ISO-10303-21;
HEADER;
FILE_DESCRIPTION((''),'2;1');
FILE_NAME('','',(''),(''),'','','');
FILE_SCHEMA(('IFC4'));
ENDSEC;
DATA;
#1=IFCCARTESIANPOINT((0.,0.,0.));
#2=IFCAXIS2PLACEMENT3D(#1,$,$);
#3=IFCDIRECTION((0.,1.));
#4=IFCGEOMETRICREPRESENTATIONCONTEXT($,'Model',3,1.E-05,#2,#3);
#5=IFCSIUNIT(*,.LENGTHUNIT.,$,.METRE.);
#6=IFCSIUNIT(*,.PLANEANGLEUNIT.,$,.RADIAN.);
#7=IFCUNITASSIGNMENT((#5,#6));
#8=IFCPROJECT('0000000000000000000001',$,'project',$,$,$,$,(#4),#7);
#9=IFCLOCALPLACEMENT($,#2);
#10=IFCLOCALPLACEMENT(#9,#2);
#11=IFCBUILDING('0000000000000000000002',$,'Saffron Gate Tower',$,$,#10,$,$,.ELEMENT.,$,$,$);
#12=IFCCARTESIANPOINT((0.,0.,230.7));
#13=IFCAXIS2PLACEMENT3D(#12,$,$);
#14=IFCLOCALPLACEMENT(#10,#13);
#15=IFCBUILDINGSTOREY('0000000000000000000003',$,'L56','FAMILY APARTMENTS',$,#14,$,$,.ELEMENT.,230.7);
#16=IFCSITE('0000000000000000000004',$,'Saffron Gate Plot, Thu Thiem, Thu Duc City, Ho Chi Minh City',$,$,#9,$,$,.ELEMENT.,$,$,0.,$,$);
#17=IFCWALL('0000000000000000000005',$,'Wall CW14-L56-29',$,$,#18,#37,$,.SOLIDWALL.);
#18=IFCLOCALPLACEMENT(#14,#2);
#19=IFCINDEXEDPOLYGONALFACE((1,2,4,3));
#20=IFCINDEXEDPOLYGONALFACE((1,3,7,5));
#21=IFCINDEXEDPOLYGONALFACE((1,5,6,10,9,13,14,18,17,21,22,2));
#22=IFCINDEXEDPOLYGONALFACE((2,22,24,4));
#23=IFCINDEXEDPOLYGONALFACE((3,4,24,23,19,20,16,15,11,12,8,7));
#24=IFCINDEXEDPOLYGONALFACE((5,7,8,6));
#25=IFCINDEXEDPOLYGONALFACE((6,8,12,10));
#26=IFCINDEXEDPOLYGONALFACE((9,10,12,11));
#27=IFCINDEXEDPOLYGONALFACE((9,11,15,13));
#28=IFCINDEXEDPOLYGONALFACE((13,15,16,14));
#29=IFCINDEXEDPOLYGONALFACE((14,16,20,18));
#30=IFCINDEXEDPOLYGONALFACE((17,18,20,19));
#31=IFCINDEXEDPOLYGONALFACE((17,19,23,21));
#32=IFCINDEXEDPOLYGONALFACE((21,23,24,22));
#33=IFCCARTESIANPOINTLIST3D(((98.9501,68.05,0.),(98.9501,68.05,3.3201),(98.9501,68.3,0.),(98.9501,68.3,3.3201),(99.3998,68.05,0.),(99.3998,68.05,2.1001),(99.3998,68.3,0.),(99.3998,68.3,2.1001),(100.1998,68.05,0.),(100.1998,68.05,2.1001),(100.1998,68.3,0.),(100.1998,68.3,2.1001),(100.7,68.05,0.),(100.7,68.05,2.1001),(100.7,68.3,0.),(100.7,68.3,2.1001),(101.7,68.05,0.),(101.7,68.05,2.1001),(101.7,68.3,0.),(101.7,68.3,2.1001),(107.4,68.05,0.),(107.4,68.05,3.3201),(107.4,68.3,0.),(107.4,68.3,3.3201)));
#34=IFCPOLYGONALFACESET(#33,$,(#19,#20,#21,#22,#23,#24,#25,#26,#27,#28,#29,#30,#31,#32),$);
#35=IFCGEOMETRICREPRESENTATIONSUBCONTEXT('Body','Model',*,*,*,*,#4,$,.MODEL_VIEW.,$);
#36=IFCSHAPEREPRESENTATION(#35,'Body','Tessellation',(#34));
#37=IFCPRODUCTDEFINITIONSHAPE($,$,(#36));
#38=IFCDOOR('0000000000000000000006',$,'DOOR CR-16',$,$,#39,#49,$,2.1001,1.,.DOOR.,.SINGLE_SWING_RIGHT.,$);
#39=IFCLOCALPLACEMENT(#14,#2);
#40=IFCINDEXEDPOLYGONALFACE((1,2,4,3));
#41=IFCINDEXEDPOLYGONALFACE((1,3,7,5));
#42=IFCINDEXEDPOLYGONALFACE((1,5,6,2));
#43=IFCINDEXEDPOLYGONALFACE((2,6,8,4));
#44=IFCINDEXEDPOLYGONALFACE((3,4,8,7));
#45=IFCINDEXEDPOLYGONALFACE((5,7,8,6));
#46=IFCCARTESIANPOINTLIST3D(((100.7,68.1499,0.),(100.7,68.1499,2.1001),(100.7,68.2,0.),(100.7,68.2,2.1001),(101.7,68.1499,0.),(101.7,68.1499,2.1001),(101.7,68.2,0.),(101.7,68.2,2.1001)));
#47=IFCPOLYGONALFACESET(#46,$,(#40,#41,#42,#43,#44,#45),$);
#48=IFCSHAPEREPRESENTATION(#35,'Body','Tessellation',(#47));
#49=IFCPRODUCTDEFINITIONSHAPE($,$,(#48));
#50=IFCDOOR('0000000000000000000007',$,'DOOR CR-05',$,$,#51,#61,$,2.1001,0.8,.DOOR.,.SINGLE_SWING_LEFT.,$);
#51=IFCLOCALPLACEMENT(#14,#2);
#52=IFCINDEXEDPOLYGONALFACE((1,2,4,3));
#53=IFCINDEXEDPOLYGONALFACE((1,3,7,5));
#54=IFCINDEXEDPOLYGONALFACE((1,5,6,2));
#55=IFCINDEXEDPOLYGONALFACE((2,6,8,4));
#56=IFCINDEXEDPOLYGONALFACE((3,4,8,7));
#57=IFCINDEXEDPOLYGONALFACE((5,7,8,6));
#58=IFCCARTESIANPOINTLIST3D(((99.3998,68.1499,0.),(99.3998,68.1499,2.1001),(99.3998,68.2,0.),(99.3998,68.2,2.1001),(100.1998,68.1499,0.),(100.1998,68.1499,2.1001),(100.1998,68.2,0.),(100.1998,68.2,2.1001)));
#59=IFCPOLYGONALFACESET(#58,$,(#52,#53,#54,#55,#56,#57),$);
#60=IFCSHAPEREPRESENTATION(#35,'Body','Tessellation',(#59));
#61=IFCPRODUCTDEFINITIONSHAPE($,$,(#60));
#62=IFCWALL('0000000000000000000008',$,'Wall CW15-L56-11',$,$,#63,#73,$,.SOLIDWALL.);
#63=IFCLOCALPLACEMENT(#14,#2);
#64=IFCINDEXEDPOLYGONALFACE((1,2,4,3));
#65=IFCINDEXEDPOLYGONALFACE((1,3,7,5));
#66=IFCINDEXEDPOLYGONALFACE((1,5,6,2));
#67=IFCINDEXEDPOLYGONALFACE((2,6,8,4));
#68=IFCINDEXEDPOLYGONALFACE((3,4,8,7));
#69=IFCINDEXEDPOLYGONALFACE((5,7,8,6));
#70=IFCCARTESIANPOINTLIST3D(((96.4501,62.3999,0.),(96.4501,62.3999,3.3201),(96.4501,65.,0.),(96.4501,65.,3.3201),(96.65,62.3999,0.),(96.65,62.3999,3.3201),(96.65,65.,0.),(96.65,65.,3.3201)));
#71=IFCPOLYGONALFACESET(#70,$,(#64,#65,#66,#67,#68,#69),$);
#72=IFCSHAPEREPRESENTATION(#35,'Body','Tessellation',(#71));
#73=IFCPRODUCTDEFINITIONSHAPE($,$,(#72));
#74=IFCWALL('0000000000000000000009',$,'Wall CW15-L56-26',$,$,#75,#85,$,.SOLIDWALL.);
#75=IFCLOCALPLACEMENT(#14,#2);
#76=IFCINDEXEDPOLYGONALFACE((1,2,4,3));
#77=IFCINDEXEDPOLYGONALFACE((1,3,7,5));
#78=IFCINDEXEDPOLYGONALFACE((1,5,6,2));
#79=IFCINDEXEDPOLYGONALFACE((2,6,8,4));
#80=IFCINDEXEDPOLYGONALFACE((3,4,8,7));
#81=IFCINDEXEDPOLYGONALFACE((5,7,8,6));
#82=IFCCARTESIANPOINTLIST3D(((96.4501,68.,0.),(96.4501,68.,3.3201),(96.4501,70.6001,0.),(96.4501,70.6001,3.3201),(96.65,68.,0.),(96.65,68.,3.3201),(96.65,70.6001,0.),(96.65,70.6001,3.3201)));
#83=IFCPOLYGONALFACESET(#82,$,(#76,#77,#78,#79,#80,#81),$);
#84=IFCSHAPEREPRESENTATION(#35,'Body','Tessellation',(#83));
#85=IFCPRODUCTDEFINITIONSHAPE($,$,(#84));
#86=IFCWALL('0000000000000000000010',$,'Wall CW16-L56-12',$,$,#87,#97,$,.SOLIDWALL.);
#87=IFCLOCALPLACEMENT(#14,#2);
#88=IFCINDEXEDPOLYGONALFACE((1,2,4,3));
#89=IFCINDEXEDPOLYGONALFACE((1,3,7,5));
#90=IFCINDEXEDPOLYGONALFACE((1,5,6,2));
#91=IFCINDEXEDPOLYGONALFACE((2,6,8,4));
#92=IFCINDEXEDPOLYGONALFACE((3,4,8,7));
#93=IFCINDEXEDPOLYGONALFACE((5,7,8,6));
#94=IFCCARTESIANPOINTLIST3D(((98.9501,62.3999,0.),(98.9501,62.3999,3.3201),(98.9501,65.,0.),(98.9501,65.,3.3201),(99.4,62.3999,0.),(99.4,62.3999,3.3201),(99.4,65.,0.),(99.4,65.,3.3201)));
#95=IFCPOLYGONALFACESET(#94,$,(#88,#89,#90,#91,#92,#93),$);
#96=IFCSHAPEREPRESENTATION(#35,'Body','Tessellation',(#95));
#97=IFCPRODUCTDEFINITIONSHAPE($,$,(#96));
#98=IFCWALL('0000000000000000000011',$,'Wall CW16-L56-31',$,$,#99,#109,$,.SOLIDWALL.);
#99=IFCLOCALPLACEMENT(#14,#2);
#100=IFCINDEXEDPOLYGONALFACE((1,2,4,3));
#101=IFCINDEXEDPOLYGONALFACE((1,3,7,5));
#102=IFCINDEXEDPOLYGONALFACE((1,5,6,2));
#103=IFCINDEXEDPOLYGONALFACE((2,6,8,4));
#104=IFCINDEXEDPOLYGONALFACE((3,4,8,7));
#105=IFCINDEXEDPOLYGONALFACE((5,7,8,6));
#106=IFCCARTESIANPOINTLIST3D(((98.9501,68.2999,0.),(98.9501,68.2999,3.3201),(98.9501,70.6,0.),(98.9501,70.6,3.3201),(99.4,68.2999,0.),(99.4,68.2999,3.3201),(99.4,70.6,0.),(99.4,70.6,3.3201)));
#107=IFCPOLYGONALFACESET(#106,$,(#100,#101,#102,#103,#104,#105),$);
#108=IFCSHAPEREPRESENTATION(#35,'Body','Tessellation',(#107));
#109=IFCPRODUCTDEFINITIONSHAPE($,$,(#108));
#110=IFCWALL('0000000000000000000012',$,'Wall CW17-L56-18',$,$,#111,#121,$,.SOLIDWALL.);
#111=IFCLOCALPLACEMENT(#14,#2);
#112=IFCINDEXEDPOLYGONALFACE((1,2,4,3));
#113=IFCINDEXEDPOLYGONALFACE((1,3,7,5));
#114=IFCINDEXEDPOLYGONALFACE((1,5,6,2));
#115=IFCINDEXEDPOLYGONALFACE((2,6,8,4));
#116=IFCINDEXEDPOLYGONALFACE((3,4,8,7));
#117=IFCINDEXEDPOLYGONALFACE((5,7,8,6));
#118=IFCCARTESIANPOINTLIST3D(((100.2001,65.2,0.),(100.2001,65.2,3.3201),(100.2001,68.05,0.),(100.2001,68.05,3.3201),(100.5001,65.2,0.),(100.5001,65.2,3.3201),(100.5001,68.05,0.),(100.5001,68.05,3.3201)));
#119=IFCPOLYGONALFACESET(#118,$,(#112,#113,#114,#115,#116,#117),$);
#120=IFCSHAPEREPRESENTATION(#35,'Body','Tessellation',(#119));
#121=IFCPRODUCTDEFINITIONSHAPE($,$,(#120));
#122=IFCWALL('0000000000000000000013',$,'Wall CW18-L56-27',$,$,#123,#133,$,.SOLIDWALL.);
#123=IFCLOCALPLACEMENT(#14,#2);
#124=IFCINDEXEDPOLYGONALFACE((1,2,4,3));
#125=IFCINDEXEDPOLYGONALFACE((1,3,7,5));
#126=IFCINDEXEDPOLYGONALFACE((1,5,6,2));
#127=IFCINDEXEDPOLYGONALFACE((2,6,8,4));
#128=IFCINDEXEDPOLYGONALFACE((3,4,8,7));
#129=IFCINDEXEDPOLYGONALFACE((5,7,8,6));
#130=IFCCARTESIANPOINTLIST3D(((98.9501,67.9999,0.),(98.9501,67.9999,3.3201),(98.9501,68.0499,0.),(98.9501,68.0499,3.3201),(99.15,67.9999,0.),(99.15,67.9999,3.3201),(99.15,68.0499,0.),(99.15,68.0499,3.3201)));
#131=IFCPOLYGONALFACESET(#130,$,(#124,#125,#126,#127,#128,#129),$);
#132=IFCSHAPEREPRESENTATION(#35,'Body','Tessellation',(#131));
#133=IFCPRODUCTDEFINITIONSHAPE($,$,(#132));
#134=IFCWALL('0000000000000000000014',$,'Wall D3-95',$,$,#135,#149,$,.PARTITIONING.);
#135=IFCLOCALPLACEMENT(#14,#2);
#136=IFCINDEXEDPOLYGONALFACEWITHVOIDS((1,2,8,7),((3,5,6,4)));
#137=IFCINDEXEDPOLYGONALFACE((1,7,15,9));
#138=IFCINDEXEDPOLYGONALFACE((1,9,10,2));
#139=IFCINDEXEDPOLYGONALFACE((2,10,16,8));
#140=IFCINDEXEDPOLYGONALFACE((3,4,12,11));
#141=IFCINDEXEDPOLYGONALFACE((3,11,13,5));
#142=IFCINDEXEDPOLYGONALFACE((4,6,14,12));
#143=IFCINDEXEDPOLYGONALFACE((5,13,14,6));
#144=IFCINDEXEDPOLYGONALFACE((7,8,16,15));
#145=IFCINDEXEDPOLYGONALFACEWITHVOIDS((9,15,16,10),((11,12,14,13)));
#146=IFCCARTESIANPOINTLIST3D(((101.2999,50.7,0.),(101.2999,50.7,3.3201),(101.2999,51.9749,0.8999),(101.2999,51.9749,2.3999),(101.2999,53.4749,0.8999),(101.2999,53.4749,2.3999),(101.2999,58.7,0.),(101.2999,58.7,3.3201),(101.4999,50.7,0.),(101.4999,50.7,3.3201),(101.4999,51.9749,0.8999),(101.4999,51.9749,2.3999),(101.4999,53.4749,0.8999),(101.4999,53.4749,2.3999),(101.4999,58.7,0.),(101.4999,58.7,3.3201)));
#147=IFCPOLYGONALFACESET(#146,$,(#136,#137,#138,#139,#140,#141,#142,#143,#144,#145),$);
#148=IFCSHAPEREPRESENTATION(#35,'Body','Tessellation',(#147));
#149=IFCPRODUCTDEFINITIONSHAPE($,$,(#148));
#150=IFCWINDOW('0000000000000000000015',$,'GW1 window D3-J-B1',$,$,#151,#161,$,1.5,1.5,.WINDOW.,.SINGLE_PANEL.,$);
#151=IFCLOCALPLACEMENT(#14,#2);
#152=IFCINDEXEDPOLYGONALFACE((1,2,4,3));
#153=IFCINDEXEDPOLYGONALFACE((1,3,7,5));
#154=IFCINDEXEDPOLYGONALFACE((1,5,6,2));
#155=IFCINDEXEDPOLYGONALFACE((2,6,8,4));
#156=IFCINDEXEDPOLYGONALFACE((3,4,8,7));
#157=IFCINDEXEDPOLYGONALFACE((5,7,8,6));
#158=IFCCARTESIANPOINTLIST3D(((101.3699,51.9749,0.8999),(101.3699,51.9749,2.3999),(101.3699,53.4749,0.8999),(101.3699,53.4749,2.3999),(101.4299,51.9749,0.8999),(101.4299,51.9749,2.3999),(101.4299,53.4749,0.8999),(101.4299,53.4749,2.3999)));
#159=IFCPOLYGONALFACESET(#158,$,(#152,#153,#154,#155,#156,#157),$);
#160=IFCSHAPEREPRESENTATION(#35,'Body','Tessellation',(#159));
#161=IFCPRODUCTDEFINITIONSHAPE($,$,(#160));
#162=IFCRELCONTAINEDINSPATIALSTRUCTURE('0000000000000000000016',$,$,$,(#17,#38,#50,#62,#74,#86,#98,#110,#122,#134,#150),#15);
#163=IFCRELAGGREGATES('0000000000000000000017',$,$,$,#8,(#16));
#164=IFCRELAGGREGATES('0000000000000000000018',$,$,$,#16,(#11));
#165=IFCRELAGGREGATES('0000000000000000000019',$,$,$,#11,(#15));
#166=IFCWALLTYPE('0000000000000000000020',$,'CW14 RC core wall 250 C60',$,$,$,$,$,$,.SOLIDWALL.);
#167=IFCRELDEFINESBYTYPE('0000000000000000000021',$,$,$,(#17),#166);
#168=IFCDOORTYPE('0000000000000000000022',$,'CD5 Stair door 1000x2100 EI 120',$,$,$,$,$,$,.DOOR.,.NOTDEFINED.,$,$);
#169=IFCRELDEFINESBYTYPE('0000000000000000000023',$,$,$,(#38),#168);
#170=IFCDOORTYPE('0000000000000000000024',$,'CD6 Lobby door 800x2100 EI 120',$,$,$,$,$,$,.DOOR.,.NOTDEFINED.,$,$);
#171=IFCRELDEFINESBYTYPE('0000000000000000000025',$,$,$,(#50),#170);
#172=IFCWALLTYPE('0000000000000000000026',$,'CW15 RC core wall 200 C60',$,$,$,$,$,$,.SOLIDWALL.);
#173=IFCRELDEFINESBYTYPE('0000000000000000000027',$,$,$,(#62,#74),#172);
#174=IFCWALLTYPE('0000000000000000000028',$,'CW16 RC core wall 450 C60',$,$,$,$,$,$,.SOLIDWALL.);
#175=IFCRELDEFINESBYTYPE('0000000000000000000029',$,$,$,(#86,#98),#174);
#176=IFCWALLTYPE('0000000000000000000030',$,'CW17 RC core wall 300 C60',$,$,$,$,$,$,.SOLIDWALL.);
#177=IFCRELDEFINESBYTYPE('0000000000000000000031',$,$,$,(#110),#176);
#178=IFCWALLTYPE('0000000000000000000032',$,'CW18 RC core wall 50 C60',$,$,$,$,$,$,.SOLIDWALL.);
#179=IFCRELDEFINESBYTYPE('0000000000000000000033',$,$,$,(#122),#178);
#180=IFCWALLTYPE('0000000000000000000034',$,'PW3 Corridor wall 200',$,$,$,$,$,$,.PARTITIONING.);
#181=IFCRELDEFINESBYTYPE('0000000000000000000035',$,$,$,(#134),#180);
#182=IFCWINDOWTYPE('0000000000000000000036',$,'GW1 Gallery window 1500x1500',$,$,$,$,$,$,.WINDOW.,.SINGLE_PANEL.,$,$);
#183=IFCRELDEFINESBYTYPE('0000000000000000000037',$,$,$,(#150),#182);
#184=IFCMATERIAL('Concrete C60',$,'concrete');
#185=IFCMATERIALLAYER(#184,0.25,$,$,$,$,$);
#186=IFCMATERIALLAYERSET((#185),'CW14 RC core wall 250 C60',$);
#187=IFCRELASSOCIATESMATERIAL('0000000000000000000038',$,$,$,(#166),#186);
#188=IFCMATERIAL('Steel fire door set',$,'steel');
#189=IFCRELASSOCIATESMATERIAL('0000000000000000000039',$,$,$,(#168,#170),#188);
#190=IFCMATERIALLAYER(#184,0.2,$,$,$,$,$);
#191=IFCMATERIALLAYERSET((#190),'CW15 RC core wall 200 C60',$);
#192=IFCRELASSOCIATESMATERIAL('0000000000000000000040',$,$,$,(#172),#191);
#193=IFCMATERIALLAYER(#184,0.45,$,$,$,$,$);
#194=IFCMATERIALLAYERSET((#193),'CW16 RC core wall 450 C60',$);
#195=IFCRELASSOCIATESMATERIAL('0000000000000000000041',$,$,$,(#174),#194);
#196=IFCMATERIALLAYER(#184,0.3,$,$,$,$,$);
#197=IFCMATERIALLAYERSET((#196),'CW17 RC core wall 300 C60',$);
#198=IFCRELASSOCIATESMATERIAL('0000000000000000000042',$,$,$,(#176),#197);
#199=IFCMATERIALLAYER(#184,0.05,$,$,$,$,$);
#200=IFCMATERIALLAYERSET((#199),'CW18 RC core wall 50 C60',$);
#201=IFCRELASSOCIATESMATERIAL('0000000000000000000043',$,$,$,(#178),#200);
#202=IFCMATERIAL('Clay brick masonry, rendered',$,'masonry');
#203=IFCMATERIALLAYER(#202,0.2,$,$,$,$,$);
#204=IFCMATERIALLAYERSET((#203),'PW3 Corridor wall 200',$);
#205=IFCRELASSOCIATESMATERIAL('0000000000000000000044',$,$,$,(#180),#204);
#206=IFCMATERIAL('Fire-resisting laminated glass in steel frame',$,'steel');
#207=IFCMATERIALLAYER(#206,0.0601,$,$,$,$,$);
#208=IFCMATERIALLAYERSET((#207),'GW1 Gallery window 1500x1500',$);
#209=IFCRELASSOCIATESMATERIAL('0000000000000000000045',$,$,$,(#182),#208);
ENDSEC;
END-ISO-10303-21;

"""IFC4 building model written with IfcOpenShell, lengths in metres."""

from ifc_helpers import new_model, si_unit, direction, frame, frame_2d, origin, place, context, subcontext, project, spatial, rectangle, extrude, material, layer, layer_set, type_object, element, fill, save


model = new_model("IFC4")

# Units and contexts
model_context = context("Model", 3, precision=1e-05, world=origin(), true_north=direction((0.0, 1.0)))
body_context = subcontext(model_context, "Body", "Model", "MODEL_VIEW")
ifc_project = project(units=[si_unit("LENGTHUNIT", "METRE"), si_unit("PLANEANGLEUNIT", "RADIAN")], contexts=[model_context])

# Site, building, storey
site_placement = place(None, origin())
site = spatial("IfcSite", under=ifc_project, at=site_placement, Name="Saffron Gate Plot, Thu Thiem, Thu Duc City, Ho Chi Minh City", CompositionType="ELEMENT", RefElevation=0.0)
building_placement = place(site_placement, origin())
building = spatial("IfcBuilding", under=site, at=building_placement, Name="Saffron Gate Tower", CompositionType="ELEMENT")
storey_placement = place(building_placement, frame((0.0, 0.0, 230.7)))
storey = spatial("IfcBuildingStorey", under=building, at=storey_placement, Name="L56", Description="FAMILY APARTMENTS", CompositionType="ELEMENT", Elevation=230.7)

# Wall, openings, doors
ifc_material_1 = material(Name="Concrete C60", Category="concrete")
ifc_layer_1 = layer(ifc_material_1, 0.25)
ifc_layer_set_1 = layer_set([ifc_layer_1], Name="CW14 RC core wall 250 C60")
wall_type_1 = type_object("IfcWallType", Name="CW14 RC core wall 250 C60", PredefinedType="SOLIDWALL", material=ifc_layer_set_1)
wall_1_placement = place(storey_placement, frame((98.95, 68.175, 0.0), z_axis=(0.0, 0.0, 1.0), x_axis=(1.0, 0.0, 0.0)))
wall_1 = element("IfcWall", 1, at=wall_1_placement, inside=storey, type_object=wall_type_1, Name="Wall CW14-L56-29", PredefinedType="SOLIDWALL", context=body_context, shape_type="SweptSolid", body=[
    extrude(rectangle(XDim=8.45, YDim=0.25, at=frame_2d((4.2251, 0.0))), origin(), (0.0, 0.0, 1.0), 3.3201),
])
opening_1_placement = place(wall_1_placement, frame((0.45, 0.0, 0.0)))
opening_1 = element("IfcOpeningElement", 2, at=opening_1_placement, cuts=wall_1, PredefinedType="OPENING", context=body_context, shape_type="SweptSolid", body=[
    extrude(rectangle(XDim=0.8, YDim=2.1001, at=frame_2d((0.3999, 1.05))), frame((0.0, 0.135, 0.0), z_axis=(0.0, -1.0, 0.0), x_axis=(1.0, 0.0, 0.0)), (0.0, 0.0, 1.0), 0.27),
])
opening_2_placement = place(wall_1_placement, frame((1.75, 0.0, 0.0)))
opening_2 = element("IfcOpeningElement", 3, at=opening_2_placement, cuts=wall_1, PredefinedType="OPENING", context=body_context, shape_type="SweptSolid", body=[
    extrude(rectangle(XDim=1.0, YDim=2.1001, at=frame_2d((0.5, 1.05))), frame((0.0, 0.135, 0.0), z_axis=(0.0, -1.0, 0.0), x_axis=(1.0, 0.0, 0.0)), (0.0, 0.0, 1.0), 0.27),
])
ifc_material_2 = material(Name="Steel fire door set", Category="steel")
door_type_1 = type_object("IfcDoorType", Name="CD5 Stair door 1000x2100 EI 120", OperationType="NOTDEFINED", PredefinedType="DOOR", material=ifc_material_2)
door_1_placement = place(opening_2_placement, origin())
door_1 = element("IfcDoor", 4, at=door_1_placement, inside=storey, type_object=door_type_1, Name="DOOR CR-16", OperationType="SINGLE_SWING_RIGHT", OverallHeight=2.1001, OverallWidth=1.0, PredefinedType="DOOR", context=body_context, shape_type="SweptSolid", body=[
    extrude(rectangle(XDim=1.0, YDim=2.1001, at=frame_2d((0.5, 1.05))), frame((0.0, 0.0249, 0.0), z_axis=(0.0, -1.0, 0.0), x_axis=(1.0, 0.0, 0.0)), (0.0, 0.0, 1.0), 0.05),
])
fill(opening_2, door_1)
door_type_2 = type_object("IfcDoorType", Name="CD6 Lobby door 800x2100 EI 120", OperationType="NOTDEFINED", PredefinedType="DOOR", material=ifc_material_2)
door_2_placement = place(opening_1_placement, origin())
door_2 = element("IfcDoor", 5, at=door_2_placement, inside=storey, type_object=door_type_2, Name="DOOR CR-05", OperationType="SINGLE_SWING_LEFT", OverallHeight=2.1001, OverallWidth=0.8, PredefinedType="DOOR", context=body_context, shape_type="SweptSolid", body=[
    extrude(rectangle(XDim=0.8, YDim=2.1001, at=frame_2d((0.3999, 1.05))), frame((0.0, 0.0249, 0.0), z_axis=(0.0, -1.0, 0.0), x_axis=(1.0, 0.0, 0.0)), (0.0, 0.0, 1.0), 0.05),
])
fill(opening_1, door_2)

# Walls
ifc_layer_2 = layer(ifc_material_1, 0.2)
ifc_layer_set_2 = layer_set([ifc_layer_2], Name="CW15 RC core wall 200 C60")
wall_type_2 = type_object("IfcWallType", Name="CW15 RC core wall 200 C60", PredefinedType="SOLIDWALL", material=ifc_layer_set_2)
for number, where, z_axis, x_axis, name in (
    (6, (96.55, 62.3999, 0.0), (0.0, 0.0, 1.0), (0.0, 1.0, 0.0), "Wall CW15-L56-11"),
    (7, (96.55, 68.0, 0.0), (0.0, 0.0, 1.0), (0.0, 1.0, 0.0), "Wall CW15-L56-26"),
):
    element("IfcWall", number, at=place(storey_placement, frame(where, z_axis=z_axis, x_axis=x_axis)), inside=storey, type_object=wall_type_2, Name=name, PredefinedType="SOLIDWALL", context=body_context, shape_type="SweptSolid", body=[
        extrude(rectangle(XDim=2.6001, YDim=0.2, at=frame_2d((1.3, 0.0))), origin(), (0.0, 0.0, 1.0), 3.3201),
    ])
ifc_layer_3 = layer(ifc_material_1, 0.45)
ifc_layer_set_3 = layer_set([ifc_layer_3], Name="CW16 RC core wall 450 C60")
wall_type_3 = type_object("IfcWallType", Name="CW16 RC core wall 450 C60", PredefinedType="SOLIDWALL", material=ifc_layer_set_3)
wall_2_placement = place(storey_placement, frame((99.175, 62.3999, 0.0), z_axis=(0.0, 0.0, 1.0), x_axis=(0.0, 1.0, 0.0)))
element("IfcWall", 8, at=wall_2_placement, inside=storey, type_object=wall_type_3, Name="Wall CW16-L56-12", PredefinedType="SOLIDWALL", context=body_context, shape_type="SweptSolid", body=[
    extrude(rectangle(XDim=2.6001, YDim=0.45, at=frame_2d((1.3, 0.0))), origin(), (0.0, 0.0, 1.0), 3.3201),
])
wall_3_placement = place(storey_placement, frame((99.175, 68.3, 0.0), z_axis=(0.0, 0.0, 1.0), x_axis=(0.0, 1.0, 0.0)))
element("IfcWall", 9, at=wall_3_placement, inside=storey, type_object=wall_type_3, Name="Wall CW16-L56-31", PredefinedType="SOLIDWALL", context=body_context, shape_type="SweptSolid", body=[
    extrude(rectangle(XDim=2.3, YDim=0.45, at=frame_2d((1.1499, 0.0))), origin(), (0.0, 0.0, 1.0), 3.3201),
])
ifc_layer_4 = layer(ifc_material_1, 0.3)
ifc_layer_set_4 = layer_set([ifc_layer_4], Name="CW17 RC core wall 300 C60")
wall_type_4 = type_object("IfcWallType", Name="CW17 RC core wall 300 C60", PredefinedType="SOLIDWALL", material=ifc_layer_set_4)
wall_4_placement = place(storey_placement, frame((100.3501, 65.2, 0.0), z_axis=(0.0, 0.0, 1.0), x_axis=(0.0, 1.0, 0.0)))
element("IfcWall", 10, at=wall_4_placement, inside=storey, type_object=wall_type_4, Name="Wall CW17-L56-18", PredefinedType="SOLIDWALL", context=body_context, shape_type="SweptSolid", body=[
    extrude(rectangle(XDim=2.8501, YDim=0.3, at=frame_2d((1.425, 0.0))), origin(), (0.0, 0.0, 1.0), 3.3201),
])
ifc_layer_5 = layer(ifc_material_1, 0.05)
ifc_layer_set_5 = layer_set([ifc_layer_5], Name="CW18 RC core wall 50 C60")
wall_type_5 = type_object("IfcWallType", Name="CW18 RC core wall 50 C60", PredefinedType="SOLIDWALL", material=ifc_layer_set_5)
wall_5_placement = place(storey_placement, frame((98.95, 68.0249, 0.0), z_axis=(0.0, 0.0, 1.0), x_axis=(1.0, 0.0, 0.0)))
element("IfcWall", 11, at=wall_5_placement, inside=storey, type_object=wall_type_5, Name="Wall CW18-L56-27", PredefinedType="SOLIDWALL", context=body_context, shape_type="SweptSolid", body=[
    extrude(rectangle(XDim=0.2, YDim=0.05, at=frame_2d((0.1001, 0.0))), origin(), (0.0, 0.0, 1.0), 3.3201),
])

# Wall, opening, window
ifc_material_3 = material(Name="Clay brick masonry, rendered", Category="masonry")
ifc_layer_6 = layer(ifc_material_3, 0.2)
ifc_layer_set_6 = layer_set([ifc_layer_6], Name="PW3 Corridor wall 200")
wall_type_6 = type_object("IfcWallType", Name="PW3 Corridor wall 200", PredefinedType="PARTITIONING", material=ifc_layer_set_6)
wall_6_placement = place(storey_placement, frame((101.3999, 58.7, 0.0), z_axis=(0.0, 0.0, 1.0), x_axis=(0.0, -1.0, 0.0)))
wall_6 = element("IfcWall", 12, at=wall_6_placement, inside=storey, type_object=wall_type_6, Name="Wall D3-95", PredefinedType="PARTITIONING", context=body_context, shape_type="SweptSolid", body=[
    extrude(rectangle(XDim=8.0, YDim=0.2, at=frame_2d((4.0, 0.0))), origin(), (0.0, 0.0, 1.0), 3.3201),
])
opening_3_placement = place(wall_6_placement, frame((5.2251, 0.0, 0.8999)))
opening_3 = element("IfcOpeningElement", 13, at=opening_3_placement, cuts=wall_6, PredefinedType="OPENING", context=body_context, shape_type="SweptSolid", body=[
    extrude(rectangle(XDim=1.5, YDim=1.5, at=frame_2d((0.75, 0.75))), frame((0.0, 0.1099, 0.0), z_axis=(0.0, -1.0, 0.0), x_axis=(1.0, 0.0, 0.0)), (0.0, 0.0, 1.0), 0.22),
])
ifc_material_4 = material(Name="Fire-resisting laminated glass in steel frame", Category="steel")
ifc_layer_7 = layer(ifc_material_4, 0.0601)
ifc_layer_set_7 = layer_set([ifc_layer_7], Name="GW1 Gallery window 1500x1500")
window_type = type_object("IfcWindowType", Name="GW1 Gallery window 1500x1500", PartitioningType="SINGLE_PANEL", PredefinedType="WINDOW", material=ifc_layer_set_7)
window_placement = place(opening_3_placement, origin())
window = element("IfcWindow", 14, at=window_placement, inside=storey, type_object=window_type, Name="GW1 window D3-J-B1", OverallHeight=1.5, OverallWidth=1.5, PartitioningType="SINGLE_PANEL", PredefinedType="WINDOW", context=body_context, shape_type="SweptSolid", body=[
    extrude(rectangle(XDim=1.5, YDim=1.5, at=frame_2d((0.75, 0.75))), frame((0.0, 0.03, 0.0), z_axis=(0.0, -1.0, 0.0), x_axis=(1.0, 0.0, 0.0)), (0.0, 0.0, 1.0), 0.0601),
])
fill(opening_3, window)

save(model, "model.ifc")
